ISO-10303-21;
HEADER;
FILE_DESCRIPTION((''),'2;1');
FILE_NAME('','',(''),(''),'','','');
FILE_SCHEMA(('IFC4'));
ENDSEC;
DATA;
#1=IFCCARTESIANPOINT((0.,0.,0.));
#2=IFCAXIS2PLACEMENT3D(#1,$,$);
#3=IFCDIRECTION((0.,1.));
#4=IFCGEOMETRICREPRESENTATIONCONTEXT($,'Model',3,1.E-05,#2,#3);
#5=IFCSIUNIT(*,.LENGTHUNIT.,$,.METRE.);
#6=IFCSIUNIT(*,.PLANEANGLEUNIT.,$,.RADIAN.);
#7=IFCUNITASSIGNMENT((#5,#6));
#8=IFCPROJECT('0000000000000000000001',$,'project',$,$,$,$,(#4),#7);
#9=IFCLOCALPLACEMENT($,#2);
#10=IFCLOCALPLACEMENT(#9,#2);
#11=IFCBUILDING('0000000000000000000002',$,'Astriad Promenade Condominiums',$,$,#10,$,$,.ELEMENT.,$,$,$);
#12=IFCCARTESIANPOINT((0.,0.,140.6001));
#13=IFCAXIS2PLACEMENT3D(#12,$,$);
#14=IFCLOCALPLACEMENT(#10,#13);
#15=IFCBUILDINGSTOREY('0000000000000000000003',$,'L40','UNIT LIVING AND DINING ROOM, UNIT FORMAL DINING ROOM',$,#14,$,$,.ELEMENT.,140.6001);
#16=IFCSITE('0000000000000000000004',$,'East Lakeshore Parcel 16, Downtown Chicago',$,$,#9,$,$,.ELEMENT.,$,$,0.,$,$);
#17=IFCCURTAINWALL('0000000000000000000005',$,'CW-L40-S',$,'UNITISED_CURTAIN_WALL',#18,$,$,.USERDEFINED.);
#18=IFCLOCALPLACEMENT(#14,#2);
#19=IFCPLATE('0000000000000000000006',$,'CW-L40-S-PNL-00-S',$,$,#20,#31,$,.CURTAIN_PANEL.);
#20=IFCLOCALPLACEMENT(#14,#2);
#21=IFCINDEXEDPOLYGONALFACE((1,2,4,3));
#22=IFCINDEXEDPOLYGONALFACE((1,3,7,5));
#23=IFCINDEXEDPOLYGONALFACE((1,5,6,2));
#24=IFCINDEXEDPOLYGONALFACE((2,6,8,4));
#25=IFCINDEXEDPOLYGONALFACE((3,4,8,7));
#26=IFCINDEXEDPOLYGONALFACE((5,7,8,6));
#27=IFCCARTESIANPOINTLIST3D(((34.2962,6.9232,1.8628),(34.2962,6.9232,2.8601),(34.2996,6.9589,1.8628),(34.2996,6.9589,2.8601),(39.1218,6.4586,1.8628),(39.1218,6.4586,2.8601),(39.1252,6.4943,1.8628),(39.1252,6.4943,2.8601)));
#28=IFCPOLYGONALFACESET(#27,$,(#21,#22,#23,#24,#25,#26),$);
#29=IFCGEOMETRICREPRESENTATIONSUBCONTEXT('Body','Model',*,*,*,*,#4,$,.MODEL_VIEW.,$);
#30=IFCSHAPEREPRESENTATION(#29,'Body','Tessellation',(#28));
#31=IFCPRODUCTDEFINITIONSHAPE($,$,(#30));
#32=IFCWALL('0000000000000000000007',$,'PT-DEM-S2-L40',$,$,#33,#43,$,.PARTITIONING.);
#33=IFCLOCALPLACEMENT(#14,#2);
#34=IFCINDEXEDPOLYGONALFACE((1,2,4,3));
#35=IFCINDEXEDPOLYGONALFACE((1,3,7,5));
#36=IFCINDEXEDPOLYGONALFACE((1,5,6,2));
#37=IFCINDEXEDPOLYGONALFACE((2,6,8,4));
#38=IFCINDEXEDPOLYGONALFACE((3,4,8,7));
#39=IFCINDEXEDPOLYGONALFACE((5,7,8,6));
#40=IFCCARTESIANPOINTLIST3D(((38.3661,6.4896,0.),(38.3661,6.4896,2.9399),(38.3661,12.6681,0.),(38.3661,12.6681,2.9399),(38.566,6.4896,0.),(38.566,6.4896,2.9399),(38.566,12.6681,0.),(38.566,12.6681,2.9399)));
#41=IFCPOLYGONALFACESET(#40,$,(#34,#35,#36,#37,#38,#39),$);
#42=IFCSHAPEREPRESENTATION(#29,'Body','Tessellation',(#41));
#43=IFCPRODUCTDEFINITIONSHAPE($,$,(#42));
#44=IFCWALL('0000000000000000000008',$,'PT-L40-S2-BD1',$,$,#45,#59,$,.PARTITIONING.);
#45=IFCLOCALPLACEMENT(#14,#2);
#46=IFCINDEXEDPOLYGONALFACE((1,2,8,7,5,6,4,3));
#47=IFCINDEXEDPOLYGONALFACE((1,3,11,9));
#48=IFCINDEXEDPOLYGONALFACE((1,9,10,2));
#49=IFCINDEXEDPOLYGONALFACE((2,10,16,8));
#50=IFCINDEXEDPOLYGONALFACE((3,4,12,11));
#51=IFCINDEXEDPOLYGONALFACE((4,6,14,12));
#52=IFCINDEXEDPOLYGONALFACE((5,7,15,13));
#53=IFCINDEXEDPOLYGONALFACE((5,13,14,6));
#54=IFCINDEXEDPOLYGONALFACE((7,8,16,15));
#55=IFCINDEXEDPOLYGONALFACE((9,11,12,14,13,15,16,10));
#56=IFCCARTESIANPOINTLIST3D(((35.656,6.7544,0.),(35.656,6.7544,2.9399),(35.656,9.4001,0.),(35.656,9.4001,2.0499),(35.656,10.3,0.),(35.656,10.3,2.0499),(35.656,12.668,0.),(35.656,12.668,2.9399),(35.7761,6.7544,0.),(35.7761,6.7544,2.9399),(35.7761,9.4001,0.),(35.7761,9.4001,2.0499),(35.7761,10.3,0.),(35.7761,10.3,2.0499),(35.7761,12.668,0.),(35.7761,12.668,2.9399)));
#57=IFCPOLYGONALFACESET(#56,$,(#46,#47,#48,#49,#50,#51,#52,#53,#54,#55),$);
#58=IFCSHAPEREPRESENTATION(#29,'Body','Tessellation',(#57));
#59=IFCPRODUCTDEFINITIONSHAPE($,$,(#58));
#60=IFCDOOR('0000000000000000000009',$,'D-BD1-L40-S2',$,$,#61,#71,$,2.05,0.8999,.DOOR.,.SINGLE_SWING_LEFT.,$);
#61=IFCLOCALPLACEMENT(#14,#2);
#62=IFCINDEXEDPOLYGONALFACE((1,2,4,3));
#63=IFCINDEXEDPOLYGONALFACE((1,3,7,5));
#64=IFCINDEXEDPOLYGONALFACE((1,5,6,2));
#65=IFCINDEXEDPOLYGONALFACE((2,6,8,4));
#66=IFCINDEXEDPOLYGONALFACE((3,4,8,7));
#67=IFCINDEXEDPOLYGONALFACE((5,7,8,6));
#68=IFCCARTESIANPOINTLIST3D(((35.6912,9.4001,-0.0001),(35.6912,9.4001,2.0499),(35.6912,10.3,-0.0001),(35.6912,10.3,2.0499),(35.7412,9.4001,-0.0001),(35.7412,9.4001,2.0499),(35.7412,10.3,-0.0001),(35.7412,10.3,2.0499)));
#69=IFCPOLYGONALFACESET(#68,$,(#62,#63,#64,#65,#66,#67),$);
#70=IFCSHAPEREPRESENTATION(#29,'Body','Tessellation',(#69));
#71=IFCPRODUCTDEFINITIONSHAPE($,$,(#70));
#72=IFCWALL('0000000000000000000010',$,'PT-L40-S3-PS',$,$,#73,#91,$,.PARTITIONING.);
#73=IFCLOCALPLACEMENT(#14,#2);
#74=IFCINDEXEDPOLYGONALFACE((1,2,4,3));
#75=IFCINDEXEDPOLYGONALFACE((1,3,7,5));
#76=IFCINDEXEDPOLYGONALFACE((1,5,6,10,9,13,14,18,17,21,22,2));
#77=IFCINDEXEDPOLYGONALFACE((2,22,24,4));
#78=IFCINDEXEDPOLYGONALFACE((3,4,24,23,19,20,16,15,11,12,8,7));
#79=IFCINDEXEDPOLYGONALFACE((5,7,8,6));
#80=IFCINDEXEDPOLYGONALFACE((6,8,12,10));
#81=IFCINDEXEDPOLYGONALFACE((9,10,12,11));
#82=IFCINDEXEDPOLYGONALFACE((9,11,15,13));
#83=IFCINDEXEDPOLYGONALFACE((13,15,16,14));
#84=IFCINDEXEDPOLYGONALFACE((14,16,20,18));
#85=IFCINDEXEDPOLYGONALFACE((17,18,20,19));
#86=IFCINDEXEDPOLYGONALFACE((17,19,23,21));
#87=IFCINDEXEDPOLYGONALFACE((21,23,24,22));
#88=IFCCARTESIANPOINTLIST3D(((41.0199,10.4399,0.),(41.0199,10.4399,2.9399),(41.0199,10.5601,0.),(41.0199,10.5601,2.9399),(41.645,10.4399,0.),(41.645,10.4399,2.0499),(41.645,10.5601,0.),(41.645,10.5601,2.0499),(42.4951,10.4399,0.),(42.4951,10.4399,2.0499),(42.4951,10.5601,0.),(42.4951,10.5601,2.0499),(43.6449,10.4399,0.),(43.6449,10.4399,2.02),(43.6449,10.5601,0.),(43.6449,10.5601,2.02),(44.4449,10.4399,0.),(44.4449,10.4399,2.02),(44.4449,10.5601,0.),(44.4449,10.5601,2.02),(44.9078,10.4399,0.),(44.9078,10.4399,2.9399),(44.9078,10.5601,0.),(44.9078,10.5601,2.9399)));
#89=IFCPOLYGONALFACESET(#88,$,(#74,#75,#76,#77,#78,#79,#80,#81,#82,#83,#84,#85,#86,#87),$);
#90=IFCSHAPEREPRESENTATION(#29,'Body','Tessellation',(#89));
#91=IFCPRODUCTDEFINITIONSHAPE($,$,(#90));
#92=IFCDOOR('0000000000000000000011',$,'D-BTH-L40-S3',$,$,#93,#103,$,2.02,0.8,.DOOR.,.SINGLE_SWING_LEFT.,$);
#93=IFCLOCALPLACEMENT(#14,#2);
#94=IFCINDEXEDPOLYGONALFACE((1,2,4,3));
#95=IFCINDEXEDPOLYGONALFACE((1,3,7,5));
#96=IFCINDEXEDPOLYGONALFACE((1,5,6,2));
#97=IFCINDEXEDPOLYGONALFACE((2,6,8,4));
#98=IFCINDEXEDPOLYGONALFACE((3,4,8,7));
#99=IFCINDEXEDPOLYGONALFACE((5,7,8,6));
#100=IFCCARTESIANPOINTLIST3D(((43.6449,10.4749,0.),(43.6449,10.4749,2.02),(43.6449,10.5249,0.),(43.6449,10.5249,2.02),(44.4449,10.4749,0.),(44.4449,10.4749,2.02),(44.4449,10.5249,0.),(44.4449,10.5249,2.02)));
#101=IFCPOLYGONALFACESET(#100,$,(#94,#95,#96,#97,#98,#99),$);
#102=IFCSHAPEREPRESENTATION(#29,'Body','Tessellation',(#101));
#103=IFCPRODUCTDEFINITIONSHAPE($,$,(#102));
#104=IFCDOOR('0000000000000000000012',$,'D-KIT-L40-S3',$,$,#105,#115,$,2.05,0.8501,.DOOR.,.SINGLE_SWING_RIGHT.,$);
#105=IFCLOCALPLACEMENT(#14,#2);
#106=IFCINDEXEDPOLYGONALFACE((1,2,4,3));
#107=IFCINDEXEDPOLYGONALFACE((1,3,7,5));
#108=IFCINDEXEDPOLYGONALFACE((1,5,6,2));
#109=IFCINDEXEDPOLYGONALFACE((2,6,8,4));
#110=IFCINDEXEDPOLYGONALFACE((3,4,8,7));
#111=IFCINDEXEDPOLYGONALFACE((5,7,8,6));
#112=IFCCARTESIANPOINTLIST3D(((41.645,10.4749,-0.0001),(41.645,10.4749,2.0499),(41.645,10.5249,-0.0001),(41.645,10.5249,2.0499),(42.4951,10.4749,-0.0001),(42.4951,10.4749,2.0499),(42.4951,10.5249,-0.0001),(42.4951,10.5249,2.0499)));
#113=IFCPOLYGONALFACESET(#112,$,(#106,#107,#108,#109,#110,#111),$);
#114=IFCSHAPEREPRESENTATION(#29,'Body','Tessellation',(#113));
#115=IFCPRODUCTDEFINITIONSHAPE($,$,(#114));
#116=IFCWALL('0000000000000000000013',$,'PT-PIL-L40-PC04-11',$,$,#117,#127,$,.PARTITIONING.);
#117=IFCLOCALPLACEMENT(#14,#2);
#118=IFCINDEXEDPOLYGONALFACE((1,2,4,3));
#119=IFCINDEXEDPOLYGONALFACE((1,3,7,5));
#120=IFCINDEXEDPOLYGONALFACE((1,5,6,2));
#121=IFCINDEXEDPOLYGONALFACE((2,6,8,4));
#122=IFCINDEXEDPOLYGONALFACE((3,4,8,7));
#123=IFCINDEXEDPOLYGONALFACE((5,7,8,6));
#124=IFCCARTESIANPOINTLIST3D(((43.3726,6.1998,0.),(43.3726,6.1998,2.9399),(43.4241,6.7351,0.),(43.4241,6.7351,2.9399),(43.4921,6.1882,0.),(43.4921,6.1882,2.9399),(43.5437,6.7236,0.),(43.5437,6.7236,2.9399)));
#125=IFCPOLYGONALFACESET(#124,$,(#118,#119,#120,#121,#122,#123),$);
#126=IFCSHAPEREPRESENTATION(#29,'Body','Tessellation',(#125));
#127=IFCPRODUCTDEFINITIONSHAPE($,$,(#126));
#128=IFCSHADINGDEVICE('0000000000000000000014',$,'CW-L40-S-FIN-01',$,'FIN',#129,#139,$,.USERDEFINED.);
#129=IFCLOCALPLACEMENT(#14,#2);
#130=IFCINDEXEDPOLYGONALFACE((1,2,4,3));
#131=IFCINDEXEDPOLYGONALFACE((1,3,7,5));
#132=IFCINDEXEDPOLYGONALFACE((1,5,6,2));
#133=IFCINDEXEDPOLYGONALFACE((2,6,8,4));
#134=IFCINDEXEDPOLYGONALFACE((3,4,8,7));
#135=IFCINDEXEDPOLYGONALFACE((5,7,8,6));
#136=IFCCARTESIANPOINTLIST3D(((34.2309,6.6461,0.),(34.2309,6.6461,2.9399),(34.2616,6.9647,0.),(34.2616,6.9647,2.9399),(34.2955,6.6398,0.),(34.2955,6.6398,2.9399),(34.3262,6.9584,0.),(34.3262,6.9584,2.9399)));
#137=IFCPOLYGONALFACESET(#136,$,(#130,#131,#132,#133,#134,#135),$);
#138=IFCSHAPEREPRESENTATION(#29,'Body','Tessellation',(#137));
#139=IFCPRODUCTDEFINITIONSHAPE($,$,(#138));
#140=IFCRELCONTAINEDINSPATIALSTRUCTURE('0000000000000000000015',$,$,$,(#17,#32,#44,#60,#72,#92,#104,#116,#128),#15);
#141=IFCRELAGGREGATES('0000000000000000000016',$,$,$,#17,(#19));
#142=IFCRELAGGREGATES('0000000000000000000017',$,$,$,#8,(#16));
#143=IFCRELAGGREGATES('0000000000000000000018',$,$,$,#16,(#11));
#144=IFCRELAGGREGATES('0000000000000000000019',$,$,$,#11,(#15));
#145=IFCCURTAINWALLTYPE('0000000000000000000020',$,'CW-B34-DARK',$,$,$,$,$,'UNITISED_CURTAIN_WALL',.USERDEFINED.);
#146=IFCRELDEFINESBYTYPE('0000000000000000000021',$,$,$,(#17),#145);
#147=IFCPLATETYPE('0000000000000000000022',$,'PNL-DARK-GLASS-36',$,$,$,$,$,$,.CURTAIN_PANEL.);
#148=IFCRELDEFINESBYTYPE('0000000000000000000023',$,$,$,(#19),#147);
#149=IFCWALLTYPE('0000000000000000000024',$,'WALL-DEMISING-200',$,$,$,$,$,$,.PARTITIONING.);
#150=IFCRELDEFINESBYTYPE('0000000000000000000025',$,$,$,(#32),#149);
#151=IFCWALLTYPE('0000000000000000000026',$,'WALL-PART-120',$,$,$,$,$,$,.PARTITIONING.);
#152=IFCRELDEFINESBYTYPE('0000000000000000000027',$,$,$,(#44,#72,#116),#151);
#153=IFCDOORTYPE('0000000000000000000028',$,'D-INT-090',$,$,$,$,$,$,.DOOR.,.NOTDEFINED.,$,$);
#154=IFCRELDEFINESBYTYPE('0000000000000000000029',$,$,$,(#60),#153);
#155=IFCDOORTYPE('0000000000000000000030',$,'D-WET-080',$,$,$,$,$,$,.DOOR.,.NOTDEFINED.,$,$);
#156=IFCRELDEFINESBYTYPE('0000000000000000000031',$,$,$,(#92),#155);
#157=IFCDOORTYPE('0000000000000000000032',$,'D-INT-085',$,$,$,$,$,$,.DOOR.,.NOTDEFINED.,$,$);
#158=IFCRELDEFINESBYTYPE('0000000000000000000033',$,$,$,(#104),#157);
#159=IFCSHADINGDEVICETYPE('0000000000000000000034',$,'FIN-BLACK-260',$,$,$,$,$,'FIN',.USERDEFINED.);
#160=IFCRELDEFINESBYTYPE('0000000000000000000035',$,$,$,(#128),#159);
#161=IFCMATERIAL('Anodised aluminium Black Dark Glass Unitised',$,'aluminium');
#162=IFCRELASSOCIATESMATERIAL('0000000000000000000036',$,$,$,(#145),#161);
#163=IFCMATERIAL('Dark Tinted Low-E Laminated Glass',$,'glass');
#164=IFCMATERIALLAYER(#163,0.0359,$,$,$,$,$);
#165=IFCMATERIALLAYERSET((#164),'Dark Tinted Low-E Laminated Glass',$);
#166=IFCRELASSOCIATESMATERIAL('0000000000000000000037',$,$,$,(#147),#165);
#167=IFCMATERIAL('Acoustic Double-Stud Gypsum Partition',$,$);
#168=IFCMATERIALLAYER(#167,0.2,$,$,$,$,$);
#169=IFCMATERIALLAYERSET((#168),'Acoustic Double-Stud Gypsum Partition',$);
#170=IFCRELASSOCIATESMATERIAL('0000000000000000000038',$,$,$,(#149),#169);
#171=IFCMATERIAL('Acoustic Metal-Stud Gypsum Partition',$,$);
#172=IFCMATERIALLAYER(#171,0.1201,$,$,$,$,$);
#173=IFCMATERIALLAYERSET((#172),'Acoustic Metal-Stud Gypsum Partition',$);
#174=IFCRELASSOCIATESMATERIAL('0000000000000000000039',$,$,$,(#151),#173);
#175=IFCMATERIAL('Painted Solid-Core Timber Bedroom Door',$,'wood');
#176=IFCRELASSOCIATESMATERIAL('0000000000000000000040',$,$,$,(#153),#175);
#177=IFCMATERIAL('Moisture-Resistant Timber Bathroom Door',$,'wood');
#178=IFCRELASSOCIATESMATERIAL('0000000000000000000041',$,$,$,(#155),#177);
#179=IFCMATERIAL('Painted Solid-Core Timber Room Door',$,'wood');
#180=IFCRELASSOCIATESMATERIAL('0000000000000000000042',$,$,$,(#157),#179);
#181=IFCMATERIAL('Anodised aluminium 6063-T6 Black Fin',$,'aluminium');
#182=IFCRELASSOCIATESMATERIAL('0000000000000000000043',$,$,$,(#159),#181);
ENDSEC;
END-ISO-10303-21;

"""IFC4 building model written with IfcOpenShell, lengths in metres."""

from ifc_helpers import new_model, si_unit, direction, frame, frame_2d, origin, origin_2d, place, context, subcontext, project, spatial, rectangle, extrude, source, transform, mapped, material, layer, layer_set, type_object, type_shapes, element, fill, aggregate, save


model = new_model("IFC4")

# Units and contexts
model_context = context("Model", 3, precision=1e-05, world=origin(), true_north=direction((0.0, 1.0)))
body_context = subcontext(model_context, "Body", "Model", "MODEL_VIEW")
ifc_project = project(units=[si_unit("LENGTHUNIT", "METRE"), si_unit("PLANEANGLEUNIT", "RADIAN")], contexts=[model_context])

# Site, building, storey
site_placement = place(None, origin())
site = spatial("IfcSite", under=ifc_project, at=site_placement, Name="East Lakeshore Parcel 16, Downtown Chicago", CompositionType="ELEMENT", RefElevation=0.0)
building_placement = place(site_placement, origin())
building = spatial("IfcBuilding", under=site, at=building_placement, Name="Astriad Promenade Condominiums", CompositionType="ELEMENT")
storey_placement = place(building_placement, frame((0.0, 0.0, 140.6001)))
storey = spatial("IfcBuildingStorey", under=building, at=storey_placement, Name="L40", Description="UNIT LIVING AND DINING ROOM, UNIT FORMAL DINING ROOM", CompositionType="ELEMENT", Elevation=140.6001)

# Curtain wall, plate
ifc_material_1 = material(Name="Anodised aluminium Black Dark Glass Unitised", Category="aluminium")
curtain_wall_type = type_object("IfcCurtainWallType", Name="CW-B34-DARK", ElementType="UNITISED_CURTAIN_WALL", PredefinedType="USERDEFINED", material=ifc_material_1)
curtain_wall_placement = place(storey_placement, origin())
curtain_wall = element("IfcCurtainWall", 1, at=curtain_wall_placement, inside=storey, type_object=curtain_wall_type, Name="CW-L40-S", ObjectType="UNITISED_CURTAIN_WALL", PredefinedType="USERDEFINED")
ifc_material_2 = material(Name="Dark Tinted Low-E Laminated Glass", Category="glass")
ifc_layer_1 = layer(ifc_material_2, 0.0359)
ifc_layer_set_1 = layer_set([ifc_layer_1], Name="Dark Tinted Low-E Laminated Glass")
plate_type = type_object("IfcPlateType", Name="PNL-DARK-GLASS-36", PredefinedType="CURTAIN_PANEL", material=ifc_layer_set_1)
shared_shape_1 = source(origin(), body_context, "Body", "SweptSolid", [
    extrude(rectangle(XDim=4.8479, YDim=0.0359, at=origin_2d()), origin(), (0.0, 0.0, 1.0), 0.9973),
])
plate_1_placement = place(storey_placement, frame((36.7107, 6.7087, 1.8628), z_axis=(0.0, 0.0, 1.0), x_axis=(-0.995396, 0.095846, 0.0)))
plate_1 = element("IfcPlate", 2, at=plate_1_placement, type_object=plate_type, Name="CW-L40-S-PNL-00-S", PredefinedType="CURTAIN_PANEL", context=body_context, shape_type="MappedRepresentation", body=[
    mapped(shared_shape_1, transform((0.0, 0.0, 0.0), scale=1.0)),
])
aggregate(curtain_wall, [plate_1])

# Wall
ifc_material_3 = material(Name="Acoustic Double-Stud Gypsum Partition")
ifc_layer_2 = layer(ifc_material_3, 0.2)
ifc_layer_set_2 = layer_set([ifc_layer_2], Name="Acoustic Double-Stud Gypsum Partition")
wall_type_1 = type_object("IfcWallType", Name="WALL-DEMISING-200", PredefinedType="PARTITIONING", material=ifc_layer_set_2)
wall_1_placement = place(storey_placement, frame((38.4661, 6.4895, 0.0), z_axis=(0.0, 0.0, 1.0), x_axis=(0.0, 1.0, 0.0)))
element("IfcWall", 3, at=wall_1_placement, inside=storey, type_object=wall_type_1, Name="PT-DEM-S2-L40", PredefinedType="PARTITIONING", context=body_context, shape_type="SweptSolid", body=[
    extrude(rectangle(XDim=6.1785, YDim=0.2, at=frame_2d((3.0894, 0.0))), origin(), (0.0, 0.0, 1.0), 2.9399),
])

# Wall, opening, door
ifc_material_4 = material(Name="Acoustic Metal-Stud Gypsum Partition")
ifc_layer_3 = layer(ifc_material_4, 0.1201)
ifc_layer_set_3 = layer_set([ifc_layer_3], Name="Acoustic Metal-Stud Gypsum Partition")
wall_type_2 = type_object("IfcWallType", Name="WALL-PART-120", PredefinedType="PARTITIONING", material=ifc_layer_set_3)
wall_2_placement = place(storey_placement, frame((35.7161, 6.7544, 0.0), z_axis=(0.0, 0.0, 1.0), x_axis=(0.0, 1.0, 0.0)))
wall_2 = element("IfcWall", 4, at=wall_2_placement, inside=storey, type_object=wall_type_2, Name="PT-L40-S2-BD1", PredefinedType="PARTITIONING", context=body_context, shape_type="SweptSolid", body=[
    extrude(rectangle(XDim=5.9136, YDim=0.1201, at=frame_2d((2.9568, 0.0))), origin(), (0.0, 0.0, 1.0), 2.9399),
])
opening_1_placement = place(wall_2_placement, frame((2.6458, 0.0, 0.0)))
opening_1 = element("IfcOpeningElement", 5, at=opening_1_placement, cuts=wall_2, PredefinedType="OPENING", context=body_context, shape_type="SweptSolid", body=[
    extrude(rectangle(XDim=0.8999, YDim=2.05, at=frame_2d((0.45, 1.0249))), frame((0.0, 0.0701, 0.0), z_axis=(0.0, -1.0, 0.0), x_axis=(1.0, 0.0, 0.0)), (0.0, 0.0, 1.0), 0.1401),
])
ifc_material_5 = material(Name="Painted Solid-Core Timber Bedroom Door", Category="wood")
door_type_1 = type_object("IfcDoorType", Name="D-INT-090", OperationType="NOTDEFINED", PredefinedType="DOOR", material=ifc_material_5)
shared_shape_2 = source(origin(), body_context, "Body", "SweptSolid", [
    extrude(rectangle(XDim=0.8999, YDim=2.05, at=frame_2d((0.45, 1.0249))), frame((0.0, 0.0249, 0.0), z_axis=(0.0, -1.0, 0.0), x_axis=(1.0, 0.0, 0.0)), (0.0, 0.0, 1.0), 0.05),
])
type_shapes(door_type_1, [shared_shape_2])
door_1_placement = place(opening_1_placement, origin())
door_1 = element("IfcDoor", 6, at=door_1_placement, inside=storey, type_object=door_type_1, Name="D-BD1-L40-S2", OperationType="SINGLE_SWING_LEFT", OverallHeight=2.05, OverallWidth=0.8999, PredefinedType="DOOR", context=body_context, shape_type="MappedRepresentation", body=[
    mapped(shared_shape_2, transform((0.0, 0.0, 0.0), scale=1.0)),
])
fill(opening_1, door_1)

# Wall, openings, doors
wall_3_placement = place(storey_placement, frame((41.02, 10.5, 0.0), z_axis=(0.0, 0.0, 1.0), x_axis=(1.0, 0.0, 0.0)))
wall_3 = element("IfcWall", 7, at=wall_3_placement, inside=storey, type_object=wall_type_2, Name="PT-L40-S3-PS", PredefinedType="PARTITIONING", context=body_context, shape_type="SweptSolid", body=[
    extrude(rectangle(XDim=3.8879, YDim=0.1201, at=frame_2d((1.9438, 0.0))), origin(), (0.0, 0.0, 1.0), 2.9399),
])
opening_2_placement = place(wall_3_placement, frame((0.625, 0.0, 0.0)))
opening_2 = element("IfcOpeningElement", 8, at=opening_2_placement, cuts=wall_3, PredefinedType="OPENING", context=body_context, shape_type="SweptSolid", body=[
    extrude(rectangle(XDim=0.8501, YDim=2.05, at=frame_2d((0.425, 1.0249))), frame((0.0, 0.0701, 0.0), z_axis=(0.0, -1.0, 0.0), x_axis=(1.0, 0.0, 0.0)), (0.0, 0.0, 1.0), 0.1401),
])
opening_3_placement = place(wall_3_placement, frame((2.625, 0.0, 0.0)))
opening_3 = element("IfcOpeningElement", 9, at=opening_3_placement, cuts=wall_3, PredefinedType="OPENING", context=body_context, shape_type="SweptSolid", body=[
    extrude(rectangle(XDim=0.8, YDim=2.02, at=frame_2d((0.3999, 1.01))), frame((0.0, 0.0701, 0.0), z_axis=(0.0, -1.0, 0.0), x_axis=(1.0, 0.0, 0.0)), (0.0, 0.0, 1.0), 0.1401),
])
ifc_material_6 = material(Name="Moisture-Resistant Timber Bathroom Door", Category="wood")
door_type_2 = type_object("IfcDoorType", Name="D-WET-080", OperationType="NOTDEFINED", PredefinedType="DOOR", material=ifc_material_6)
shared_shape_3 = source(origin(), body_context, "Body", "SweptSolid", [
    extrude(rectangle(XDim=0.8, YDim=2.02, at=frame_2d((0.3999, 1.01))), frame((0.0, 0.0249, 0.0), z_axis=(0.0, -1.0, 0.0), x_axis=(1.0, 0.0, 0.0)), (0.0, 0.0, 1.0), 0.05),
])
type_shapes(door_type_2, [shared_shape_3])
door_2_placement = place(opening_3_placement, origin())
door_2 = element("IfcDoor", 10, at=door_2_placement, inside=storey, type_object=door_type_2, Name="D-BTH-L40-S3", OperationType="SINGLE_SWING_LEFT", OverallHeight=2.02, OverallWidth=0.8, PredefinedType="DOOR", context=body_context, shape_type="MappedRepresentation", body=[
    mapped(shared_shape_3, transform((0.0, 0.0, 0.0), scale=1.0)),
])
fill(opening_3, door_2)
ifc_material_7 = material(Name="Painted Solid-Core Timber Room Door", Category="wood")
door_type_3 = type_object("IfcDoorType", Name="D-INT-085", OperationType="NOTDEFINED", PredefinedType="DOOR", material=ifc_material_7)
shared_shape_4 = source(origin(), body_context, "Body", "SweptSolid", [
    extrude(rectangle(XDim=0.8501, YDim=2.05, at=frame_2d((0.425, 1.0249))), frame((0.0, 0.0249, 0.0), z_axis=(0.0, -1.0, 0.0), x_axis=(1.0, 0.0, 0.0)), (0.0, 0.0, 1.0), 0.05),
])
type_shapes(door_type_3, [shared_shape_4])
door_3_placement = place(opening_2_placement, origin())
door_3 = element("IfcDoor", 11, at=door_3_placement, inside=storey, type_object=door_type_3, Name="D-KIT-L40-S3", OperationType="SINGLE_SWING_RIGHT", OverallHeight=2.05, OverallWidth=0.8501, PredefinedType="DOOR", context=body_context, shape_type="MappedRepresentation", body=[
    mapped(shared_shape_4, transform((0.0, 0.0, 0.0), scale=1.0)),
])
fill(opening_2, door_3)

# Wall
wall_4_placement = place(storey_placement, frame((43.4839, 6.7295, 0.0), z_axis=(0.0, 0.0, 1.0), x_axis=(-0.095773, -0.995403, 0.0)))
element("IfcWall", 12, at=wall_4_placement, inside=storey, type_object=wall_type_2, Name="PT-PIL-L40-PC04-11", PredefinedType="PARTITIONING", context=body_context, shape_type="SweptSolid", body=[
    extrude(rectangle(XDim=0.5378, YDim=0.1201, at=frame_2d((0.269, 0.0))), origin(), (0.0, 0.0, 1.0), 2.9399),
])

# Shading device
ifc_material_8 = material(Name="Anodised aluminium 6063-T6 Black Fin", Category="aluminium")
shading_device_type = type_object("IfcShadingDeviceType", Name="FIN-BLACK-260", ElementType="FIN", PredefinedType="USERDEFINED", material=ifc_material_8)
shared_shape_5 = source(origin(), body_context, "Body", "SweptSolid", [
    extrude(rectangle(XDim=0.0649, YDim=0.3201, at=origin_2d()), origin(), (0.0, 0.0, 1.0), 2.9399),
])
type_shapes(shading_device_type, [shared_shape_5])
shading_device_placement = place(storey_placement, frame((34.2786, 6.8022, 0.0), z_axis=(0.0, 0.0, 1.0), x_axis=(-0.995396, 0.095846, 0.0)))
element("IfcShadingDevice", 13, at=shading_device_placement, inside=storey, type_object=shading_device_type, Name="CW-L40-S-FIN-01", ObjectType="FIN", PredefinedType="USERDEFINED", context=body_context, shape_type="MappedRepresentation", body=[
    mapped(shared_shape_5, transform((0.0, 0.0, 0.0), scale=1.0)),
])

save(model, "model.ifc")
